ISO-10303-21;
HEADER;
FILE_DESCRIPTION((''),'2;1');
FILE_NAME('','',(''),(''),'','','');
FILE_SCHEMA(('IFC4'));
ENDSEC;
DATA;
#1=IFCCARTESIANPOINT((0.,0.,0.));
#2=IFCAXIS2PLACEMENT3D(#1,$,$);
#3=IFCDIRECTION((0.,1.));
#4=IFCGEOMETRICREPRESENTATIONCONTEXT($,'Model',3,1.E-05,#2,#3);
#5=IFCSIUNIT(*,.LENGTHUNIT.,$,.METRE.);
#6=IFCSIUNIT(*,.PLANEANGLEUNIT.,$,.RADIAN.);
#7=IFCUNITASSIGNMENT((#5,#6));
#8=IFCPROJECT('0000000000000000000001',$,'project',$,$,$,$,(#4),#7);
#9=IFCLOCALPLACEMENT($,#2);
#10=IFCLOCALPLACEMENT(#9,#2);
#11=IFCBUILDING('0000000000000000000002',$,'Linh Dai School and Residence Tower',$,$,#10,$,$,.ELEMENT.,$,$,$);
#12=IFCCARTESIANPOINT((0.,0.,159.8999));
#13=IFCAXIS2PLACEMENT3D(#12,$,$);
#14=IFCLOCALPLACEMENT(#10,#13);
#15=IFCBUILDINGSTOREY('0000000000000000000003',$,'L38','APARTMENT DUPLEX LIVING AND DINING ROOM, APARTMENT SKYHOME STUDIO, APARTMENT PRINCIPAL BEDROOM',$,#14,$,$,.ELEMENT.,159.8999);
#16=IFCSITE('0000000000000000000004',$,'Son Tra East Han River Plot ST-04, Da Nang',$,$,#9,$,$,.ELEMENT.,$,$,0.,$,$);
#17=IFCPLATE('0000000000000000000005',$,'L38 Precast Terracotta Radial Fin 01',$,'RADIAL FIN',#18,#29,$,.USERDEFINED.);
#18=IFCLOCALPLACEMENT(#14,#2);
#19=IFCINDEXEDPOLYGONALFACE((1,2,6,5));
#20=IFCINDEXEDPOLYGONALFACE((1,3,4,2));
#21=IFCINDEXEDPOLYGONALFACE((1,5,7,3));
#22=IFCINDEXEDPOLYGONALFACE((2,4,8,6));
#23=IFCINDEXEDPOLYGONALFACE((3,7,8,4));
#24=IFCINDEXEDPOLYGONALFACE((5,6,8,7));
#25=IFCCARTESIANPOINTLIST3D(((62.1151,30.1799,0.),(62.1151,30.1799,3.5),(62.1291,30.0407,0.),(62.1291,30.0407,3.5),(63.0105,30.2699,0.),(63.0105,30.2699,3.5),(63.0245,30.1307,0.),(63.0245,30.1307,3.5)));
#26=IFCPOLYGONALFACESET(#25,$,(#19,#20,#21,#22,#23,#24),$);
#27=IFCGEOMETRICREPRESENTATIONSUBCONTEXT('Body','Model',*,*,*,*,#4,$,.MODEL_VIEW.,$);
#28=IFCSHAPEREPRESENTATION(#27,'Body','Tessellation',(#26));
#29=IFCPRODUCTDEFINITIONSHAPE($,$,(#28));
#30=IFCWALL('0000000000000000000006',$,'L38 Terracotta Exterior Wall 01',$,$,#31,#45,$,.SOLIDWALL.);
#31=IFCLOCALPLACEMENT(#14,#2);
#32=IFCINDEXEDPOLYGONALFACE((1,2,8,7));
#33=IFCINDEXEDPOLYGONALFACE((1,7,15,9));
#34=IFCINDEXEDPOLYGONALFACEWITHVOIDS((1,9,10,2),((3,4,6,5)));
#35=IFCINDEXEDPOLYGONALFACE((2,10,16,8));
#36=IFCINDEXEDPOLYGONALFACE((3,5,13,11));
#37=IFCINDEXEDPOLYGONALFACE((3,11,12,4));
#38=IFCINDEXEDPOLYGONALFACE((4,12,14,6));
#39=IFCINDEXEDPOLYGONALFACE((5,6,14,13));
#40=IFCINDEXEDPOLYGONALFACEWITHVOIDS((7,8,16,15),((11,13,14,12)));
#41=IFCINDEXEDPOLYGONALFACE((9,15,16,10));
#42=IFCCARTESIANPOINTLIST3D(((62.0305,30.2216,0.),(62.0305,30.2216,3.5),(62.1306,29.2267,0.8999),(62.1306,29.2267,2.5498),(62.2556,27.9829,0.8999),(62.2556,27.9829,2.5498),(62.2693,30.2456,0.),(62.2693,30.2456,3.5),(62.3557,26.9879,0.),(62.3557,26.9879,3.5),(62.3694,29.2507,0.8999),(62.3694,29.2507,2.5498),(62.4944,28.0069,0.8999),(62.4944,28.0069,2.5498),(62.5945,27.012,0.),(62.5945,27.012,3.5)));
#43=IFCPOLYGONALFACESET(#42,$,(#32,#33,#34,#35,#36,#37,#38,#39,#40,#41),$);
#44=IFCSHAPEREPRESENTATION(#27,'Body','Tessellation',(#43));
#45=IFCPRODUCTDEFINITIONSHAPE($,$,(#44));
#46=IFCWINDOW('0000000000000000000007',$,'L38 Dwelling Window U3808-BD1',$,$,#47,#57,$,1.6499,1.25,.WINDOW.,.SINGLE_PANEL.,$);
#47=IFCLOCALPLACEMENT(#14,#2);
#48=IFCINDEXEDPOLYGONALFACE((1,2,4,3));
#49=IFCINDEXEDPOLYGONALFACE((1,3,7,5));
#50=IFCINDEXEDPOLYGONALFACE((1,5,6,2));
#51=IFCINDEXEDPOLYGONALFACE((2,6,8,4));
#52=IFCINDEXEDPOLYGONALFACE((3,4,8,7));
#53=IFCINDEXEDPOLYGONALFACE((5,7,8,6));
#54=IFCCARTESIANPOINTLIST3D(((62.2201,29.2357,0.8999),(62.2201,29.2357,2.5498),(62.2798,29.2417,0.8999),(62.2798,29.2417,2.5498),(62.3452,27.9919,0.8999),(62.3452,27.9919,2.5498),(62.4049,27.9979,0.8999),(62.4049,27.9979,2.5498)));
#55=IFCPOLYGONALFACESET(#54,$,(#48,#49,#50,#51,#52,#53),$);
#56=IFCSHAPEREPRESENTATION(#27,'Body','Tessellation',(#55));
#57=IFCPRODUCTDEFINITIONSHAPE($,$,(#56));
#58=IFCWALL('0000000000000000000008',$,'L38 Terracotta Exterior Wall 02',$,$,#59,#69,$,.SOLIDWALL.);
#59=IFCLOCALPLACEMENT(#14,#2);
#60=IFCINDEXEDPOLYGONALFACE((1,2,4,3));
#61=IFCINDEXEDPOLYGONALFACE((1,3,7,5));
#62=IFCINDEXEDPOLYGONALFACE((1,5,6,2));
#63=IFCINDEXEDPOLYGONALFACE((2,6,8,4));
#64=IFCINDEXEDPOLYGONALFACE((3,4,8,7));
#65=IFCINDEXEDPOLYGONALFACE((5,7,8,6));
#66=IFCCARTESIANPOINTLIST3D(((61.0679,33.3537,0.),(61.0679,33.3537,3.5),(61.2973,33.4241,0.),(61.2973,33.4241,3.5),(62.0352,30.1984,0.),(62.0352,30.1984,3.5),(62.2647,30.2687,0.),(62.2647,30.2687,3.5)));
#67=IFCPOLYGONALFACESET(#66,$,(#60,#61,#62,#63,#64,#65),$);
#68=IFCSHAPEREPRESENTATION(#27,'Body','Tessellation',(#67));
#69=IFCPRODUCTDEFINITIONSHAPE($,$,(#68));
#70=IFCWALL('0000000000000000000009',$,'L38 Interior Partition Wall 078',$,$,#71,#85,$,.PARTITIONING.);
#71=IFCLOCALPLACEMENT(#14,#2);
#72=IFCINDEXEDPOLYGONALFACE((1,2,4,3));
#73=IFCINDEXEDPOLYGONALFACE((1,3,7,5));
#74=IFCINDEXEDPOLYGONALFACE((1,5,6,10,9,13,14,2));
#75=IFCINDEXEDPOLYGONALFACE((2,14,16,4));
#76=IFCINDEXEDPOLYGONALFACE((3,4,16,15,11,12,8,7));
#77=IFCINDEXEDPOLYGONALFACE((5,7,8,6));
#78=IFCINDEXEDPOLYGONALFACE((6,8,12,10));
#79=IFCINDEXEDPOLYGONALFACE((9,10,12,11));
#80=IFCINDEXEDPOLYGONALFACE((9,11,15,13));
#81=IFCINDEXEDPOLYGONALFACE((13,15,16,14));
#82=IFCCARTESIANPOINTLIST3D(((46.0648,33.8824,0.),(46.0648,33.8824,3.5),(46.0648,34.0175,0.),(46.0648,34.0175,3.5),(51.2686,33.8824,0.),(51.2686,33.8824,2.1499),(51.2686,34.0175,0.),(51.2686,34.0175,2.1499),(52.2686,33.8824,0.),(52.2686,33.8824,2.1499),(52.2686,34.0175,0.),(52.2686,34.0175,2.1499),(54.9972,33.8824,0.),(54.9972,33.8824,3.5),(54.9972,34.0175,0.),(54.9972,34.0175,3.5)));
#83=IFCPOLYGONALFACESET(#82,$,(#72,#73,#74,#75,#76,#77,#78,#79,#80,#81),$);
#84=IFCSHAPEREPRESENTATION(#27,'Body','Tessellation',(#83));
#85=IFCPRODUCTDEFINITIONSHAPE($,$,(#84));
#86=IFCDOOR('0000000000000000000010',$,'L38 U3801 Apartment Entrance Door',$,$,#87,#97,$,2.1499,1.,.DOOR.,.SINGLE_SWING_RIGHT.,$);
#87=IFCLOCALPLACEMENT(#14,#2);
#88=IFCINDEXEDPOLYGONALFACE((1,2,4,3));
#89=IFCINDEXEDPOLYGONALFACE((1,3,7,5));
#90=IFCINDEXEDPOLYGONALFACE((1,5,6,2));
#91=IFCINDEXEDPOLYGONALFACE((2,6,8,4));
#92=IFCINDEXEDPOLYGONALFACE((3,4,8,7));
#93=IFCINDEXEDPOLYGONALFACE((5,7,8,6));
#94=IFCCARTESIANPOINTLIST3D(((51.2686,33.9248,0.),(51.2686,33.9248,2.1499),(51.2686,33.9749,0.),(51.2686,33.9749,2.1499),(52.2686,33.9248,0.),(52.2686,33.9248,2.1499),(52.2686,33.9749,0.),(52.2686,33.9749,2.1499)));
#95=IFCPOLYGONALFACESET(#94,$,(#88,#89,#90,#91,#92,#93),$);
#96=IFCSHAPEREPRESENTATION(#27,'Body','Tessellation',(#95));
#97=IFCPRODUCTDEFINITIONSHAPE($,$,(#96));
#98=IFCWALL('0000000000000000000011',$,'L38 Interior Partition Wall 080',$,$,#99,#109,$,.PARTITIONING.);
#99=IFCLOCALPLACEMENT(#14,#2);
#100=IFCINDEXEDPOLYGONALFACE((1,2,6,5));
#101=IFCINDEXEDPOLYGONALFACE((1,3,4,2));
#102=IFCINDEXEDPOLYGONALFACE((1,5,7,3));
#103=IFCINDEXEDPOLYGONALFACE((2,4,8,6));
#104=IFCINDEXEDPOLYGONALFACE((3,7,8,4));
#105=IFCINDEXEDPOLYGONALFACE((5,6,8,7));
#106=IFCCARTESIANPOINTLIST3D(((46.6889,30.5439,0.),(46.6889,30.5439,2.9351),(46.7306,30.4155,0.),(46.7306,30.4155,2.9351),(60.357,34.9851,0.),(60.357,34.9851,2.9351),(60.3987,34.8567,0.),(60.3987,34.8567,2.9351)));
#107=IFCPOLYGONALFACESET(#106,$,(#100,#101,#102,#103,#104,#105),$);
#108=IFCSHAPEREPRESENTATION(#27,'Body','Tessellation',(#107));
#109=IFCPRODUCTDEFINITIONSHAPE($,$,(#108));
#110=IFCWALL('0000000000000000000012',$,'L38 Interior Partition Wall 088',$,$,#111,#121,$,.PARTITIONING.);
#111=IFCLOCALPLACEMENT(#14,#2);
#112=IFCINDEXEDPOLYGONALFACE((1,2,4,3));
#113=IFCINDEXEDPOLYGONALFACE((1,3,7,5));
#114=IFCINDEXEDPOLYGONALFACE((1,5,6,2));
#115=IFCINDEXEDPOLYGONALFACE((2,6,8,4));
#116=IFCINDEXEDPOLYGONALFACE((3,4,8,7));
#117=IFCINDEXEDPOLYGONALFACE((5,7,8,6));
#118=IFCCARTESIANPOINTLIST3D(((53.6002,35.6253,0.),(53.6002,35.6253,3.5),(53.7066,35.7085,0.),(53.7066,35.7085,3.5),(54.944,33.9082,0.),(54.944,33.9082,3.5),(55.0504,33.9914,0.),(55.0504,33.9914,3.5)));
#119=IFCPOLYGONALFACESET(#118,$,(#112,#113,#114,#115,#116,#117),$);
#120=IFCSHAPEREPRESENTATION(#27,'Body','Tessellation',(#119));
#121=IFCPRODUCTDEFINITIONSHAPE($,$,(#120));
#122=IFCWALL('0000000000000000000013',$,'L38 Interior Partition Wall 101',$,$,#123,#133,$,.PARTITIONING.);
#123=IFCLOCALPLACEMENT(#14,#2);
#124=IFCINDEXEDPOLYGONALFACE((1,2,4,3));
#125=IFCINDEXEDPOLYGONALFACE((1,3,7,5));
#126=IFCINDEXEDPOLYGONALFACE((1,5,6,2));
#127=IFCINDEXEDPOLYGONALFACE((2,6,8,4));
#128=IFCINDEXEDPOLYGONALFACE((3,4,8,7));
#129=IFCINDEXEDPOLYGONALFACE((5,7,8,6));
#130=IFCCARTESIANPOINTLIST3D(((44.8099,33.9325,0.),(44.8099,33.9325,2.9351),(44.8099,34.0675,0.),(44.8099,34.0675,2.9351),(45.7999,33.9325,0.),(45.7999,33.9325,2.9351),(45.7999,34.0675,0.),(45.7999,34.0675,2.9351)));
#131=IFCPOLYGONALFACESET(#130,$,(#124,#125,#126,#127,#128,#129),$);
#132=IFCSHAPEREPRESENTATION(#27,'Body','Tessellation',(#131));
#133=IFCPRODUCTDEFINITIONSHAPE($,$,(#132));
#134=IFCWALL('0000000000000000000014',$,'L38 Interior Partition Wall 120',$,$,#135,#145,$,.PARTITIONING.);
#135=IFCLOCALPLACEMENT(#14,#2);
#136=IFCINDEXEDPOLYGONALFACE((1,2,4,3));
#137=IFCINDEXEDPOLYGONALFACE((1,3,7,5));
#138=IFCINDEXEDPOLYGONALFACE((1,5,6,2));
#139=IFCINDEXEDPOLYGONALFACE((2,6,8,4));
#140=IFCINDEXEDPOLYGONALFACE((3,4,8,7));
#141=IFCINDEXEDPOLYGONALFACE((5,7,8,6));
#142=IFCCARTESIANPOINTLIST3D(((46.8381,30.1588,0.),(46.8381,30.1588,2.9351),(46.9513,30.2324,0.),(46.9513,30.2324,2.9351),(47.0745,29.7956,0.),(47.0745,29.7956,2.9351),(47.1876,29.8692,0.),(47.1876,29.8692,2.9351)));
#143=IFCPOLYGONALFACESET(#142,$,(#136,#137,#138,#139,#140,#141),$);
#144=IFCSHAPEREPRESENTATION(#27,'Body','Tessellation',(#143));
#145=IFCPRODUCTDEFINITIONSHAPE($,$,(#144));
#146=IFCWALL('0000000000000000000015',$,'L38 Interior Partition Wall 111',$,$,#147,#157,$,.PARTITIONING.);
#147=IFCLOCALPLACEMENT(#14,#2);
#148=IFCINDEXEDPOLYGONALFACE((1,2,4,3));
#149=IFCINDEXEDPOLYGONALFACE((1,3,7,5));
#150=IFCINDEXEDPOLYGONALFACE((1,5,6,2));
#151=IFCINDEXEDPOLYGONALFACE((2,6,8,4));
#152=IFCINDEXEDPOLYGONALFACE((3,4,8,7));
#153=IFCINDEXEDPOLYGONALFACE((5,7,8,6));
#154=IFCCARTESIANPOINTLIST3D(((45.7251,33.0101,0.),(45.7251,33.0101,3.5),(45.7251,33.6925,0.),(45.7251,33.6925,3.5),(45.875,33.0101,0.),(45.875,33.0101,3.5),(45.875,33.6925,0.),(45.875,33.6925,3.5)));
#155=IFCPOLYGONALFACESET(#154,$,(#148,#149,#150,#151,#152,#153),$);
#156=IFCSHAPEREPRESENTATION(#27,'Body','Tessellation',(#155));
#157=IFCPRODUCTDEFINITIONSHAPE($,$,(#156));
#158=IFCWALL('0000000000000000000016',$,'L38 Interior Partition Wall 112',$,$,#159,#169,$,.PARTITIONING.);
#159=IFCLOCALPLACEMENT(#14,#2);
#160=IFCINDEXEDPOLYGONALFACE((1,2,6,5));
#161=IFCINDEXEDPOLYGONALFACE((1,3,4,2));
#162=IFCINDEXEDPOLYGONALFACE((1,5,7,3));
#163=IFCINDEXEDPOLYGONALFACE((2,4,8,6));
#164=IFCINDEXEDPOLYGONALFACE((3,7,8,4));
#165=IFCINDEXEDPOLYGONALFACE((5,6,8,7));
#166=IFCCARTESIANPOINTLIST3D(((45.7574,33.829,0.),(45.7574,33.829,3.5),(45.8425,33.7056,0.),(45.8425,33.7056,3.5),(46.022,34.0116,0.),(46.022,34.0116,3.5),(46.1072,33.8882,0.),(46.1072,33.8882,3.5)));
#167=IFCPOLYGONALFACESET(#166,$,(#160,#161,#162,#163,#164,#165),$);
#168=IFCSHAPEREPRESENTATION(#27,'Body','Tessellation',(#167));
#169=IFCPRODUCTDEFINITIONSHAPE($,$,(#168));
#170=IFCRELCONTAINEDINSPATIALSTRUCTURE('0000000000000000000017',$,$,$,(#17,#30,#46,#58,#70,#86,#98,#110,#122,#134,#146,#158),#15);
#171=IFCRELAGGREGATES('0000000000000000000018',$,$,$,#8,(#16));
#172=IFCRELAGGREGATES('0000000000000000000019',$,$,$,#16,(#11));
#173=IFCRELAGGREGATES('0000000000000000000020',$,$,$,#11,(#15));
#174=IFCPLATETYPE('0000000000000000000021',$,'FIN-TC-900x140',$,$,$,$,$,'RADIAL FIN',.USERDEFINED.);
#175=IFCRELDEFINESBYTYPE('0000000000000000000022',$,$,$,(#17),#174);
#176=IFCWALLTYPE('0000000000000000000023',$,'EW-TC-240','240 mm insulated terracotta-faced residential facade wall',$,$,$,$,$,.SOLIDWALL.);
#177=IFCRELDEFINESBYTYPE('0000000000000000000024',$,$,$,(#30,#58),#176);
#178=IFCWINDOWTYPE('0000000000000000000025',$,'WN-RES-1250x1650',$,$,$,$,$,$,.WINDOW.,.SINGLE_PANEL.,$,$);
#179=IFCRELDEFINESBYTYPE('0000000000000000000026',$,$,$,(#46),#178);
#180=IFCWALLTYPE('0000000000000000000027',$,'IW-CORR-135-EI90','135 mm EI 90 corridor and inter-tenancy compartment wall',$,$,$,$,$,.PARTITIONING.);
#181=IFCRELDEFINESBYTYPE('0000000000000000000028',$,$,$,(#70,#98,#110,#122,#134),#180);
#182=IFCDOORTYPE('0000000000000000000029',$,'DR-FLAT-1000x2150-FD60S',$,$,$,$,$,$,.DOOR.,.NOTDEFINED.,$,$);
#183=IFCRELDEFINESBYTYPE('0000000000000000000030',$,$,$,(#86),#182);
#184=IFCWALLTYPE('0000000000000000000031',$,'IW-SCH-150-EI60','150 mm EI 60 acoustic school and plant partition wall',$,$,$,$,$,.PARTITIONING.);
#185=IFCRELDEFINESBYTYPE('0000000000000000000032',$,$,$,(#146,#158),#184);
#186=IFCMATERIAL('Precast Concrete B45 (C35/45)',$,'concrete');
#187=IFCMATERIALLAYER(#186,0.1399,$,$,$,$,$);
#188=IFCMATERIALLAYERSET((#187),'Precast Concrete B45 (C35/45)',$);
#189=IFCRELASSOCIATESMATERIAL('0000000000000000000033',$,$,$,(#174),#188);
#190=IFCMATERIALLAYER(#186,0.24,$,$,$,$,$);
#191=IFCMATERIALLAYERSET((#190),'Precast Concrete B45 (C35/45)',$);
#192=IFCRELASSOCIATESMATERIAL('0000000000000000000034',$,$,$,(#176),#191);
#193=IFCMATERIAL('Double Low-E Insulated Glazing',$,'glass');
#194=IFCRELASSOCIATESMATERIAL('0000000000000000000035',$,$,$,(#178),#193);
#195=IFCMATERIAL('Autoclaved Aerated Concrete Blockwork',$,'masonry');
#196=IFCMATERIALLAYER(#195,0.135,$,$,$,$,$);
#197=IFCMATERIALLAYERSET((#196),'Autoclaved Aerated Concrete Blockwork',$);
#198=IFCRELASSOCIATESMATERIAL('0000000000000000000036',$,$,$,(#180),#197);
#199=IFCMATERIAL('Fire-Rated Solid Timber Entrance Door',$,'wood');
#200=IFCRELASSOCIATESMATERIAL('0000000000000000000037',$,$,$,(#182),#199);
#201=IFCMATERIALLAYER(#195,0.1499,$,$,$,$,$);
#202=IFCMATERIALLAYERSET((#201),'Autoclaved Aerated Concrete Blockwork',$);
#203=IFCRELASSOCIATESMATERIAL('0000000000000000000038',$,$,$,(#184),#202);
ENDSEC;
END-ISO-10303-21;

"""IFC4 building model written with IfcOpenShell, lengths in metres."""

from ifc_helpers import new_model, si_unit, direction, frame, frame_2d, origin, origin_2d, place, context, subcontext, project, spatial, rectangle, extrude, source, transform, mapped, material, layer, layer_set, type_object, element, fill, save


model = new_model("IFC4")

# Units and contexts
model_context = context("Model", 3, precision=1e-05, world=origin(), true_north=direction((0.0, 1.0)))
body_context = subcontext(model_context, "Body", "Model", "MODEL_VIEW")
ifc_project = project(units=[si_unit("LENGTHUNIT", "METRE"), si_unit("PLANEANGLEUNIT", "RADIAN")], contexts=[model_context])

# Site, building, storey
site_placement = place(None, origin())
site = spatial("IfcSite", under=ifc_project, at=site_placement, Name="Son Tra East Han River Plot ST-04, Da Nang", CompositionType="ELEMENT", RefElevation=0.0)
building_placement = place(site_placement, origin())
building = spatial("IfcBuilding", under=site, at=building_placement, Name="Linh Dai School and Residence Tower", CompositionType="ELEMENT")
storey_placement = place(building_placement, frame((0.0, 0.0, 159.8999)))
storey = spatial("IfcBuildingStorey", under=building, at=storey_placement, Name="L38", Description="APARTMENT DUPLEX LIVING AND DINING ROOM, APARTMENT SKYHOME STUDIO, APARTMENT PRINCIPAL BEDROOM", CompositionType="ELEMENT", Elevation=159.8999)

# Plate
ifc_material_1 = material(Name="Precast Concrete B45 (C35/45)", Category="concrete")
ifc_layer_1 = layer(ifc_material_1, 0.1399)
ifc_layer_set_1 = layer_set([ifc_layer_1], Name="Precast Concrete B45 (C35/45)")
plate_type = type_object("IfcPlateType", Name="FIN-TC-900x140", ElementType="RADIAL FIN", PredefinedType="USERDEFINED", material=ifc_layer_set_1)
shared_shape_1 = source(origin(), body_context, "Body", "SweptSolid", [
    extrude(rectangle(XDim=0.8999, YDim=0.1399, at=origin_2d()), origin(), (0.0, 0.0, 1.0), 3.5),
])
plate_placement = place(storey_placement, frame((62.5698, 30.1553, 0.0), z_axis=(0.0, 0.0, 1.0), x_axis=(0.994987, 0.100002, 0.0)))
element("IfcPlate", 1, at=plate_placement, inside=storey, type_object=plate_type, Name="L38 Precast Terracotta Radial Fin 01", ObjectType="RADIAL FIN", PredefinedType="USERDEFINED", context=body_context, shape_type="MappedRepresentation", body=[
    mapped(shared_shape_1, transform((0.0, 0.0, 0.0), x_axis=(1.0, 0.0, 0.0), y_axis=(0.0, 1.0, 0.0), z_axis=(0.0, 0.0, 1.0), scale=1.0)),
])

# Wall, opening, window
ifc_layer_2 = layer(ifc_material_1, 0.24)
ifc_layer_set_2 = layer_set([ifc_layer_2], Name="Precast Concrete B45 (C35/45)")
wall_type_1 = type_object("IfcWallType", Name="EW-TC-240", Description="240 mm insulated terracotta-faced residential facade wall", PredefinedType="SOLIDWALL", material=ifc_layer_set_2)
wall_1_placement = place(storey_placement, frame((62.1499, 30.2336, 0.0), z_axis=(0.0, 0.0, 1.0), x_axis=(0.100062, -0.994981, 0.0)))
wall_1 = element("IfcWall", 2, at=wall_1_placement, inside=storey, type_object=wall_type_1, Name="L38 Terracotta Exterior Wall 01", PredefinedType="SOLIDWALL", context=body_context, shape_type="SweptSolid", body=[
    extrude(rectangle(XDim=3.25, YDim=0.24, at=frame_2d((1.625, 0.0))), origin(), (0.0, 0.0, 1.0), 3.5),
])
opening_1_placement = place(wall_1_placement, frame((1.0, 0.0, 0.8999)))
opening_1 = element("IfcOpeningElement", 3, at=opening_1_placement, cuts=wall_1, PredefinedType="OPENING", context=body_context, shape_type="SweptSolid", body=[
    extrude(rectangle(XDim=1.25, YDim=1.6499, at=origin_2d()), frame((0.625, 0.1299, 0.825), z_axis=(0.0, -1.0, 0.0), x_axis=(1.0, 0.0, 0.0)), (0.0, 0.0, 1.0), 0.26),
])
ifc_material_2 = material(Name="Double Low-E Insulated Glazing", Category="glass")
window_type = type_object("IfcWindowType", Name="WN-RES-1250x1650", PartitioningType="SINGLE_PANEL", PredefinedType="WINDOW", material=ifc_material_2)
shared_shape_2 = source(origin(), body_context, "Body", "SweptSolid", [
    extrude(rectangle(XDim=1.25, YDim=1.6499, at=origin_2d()), frame((0.625, 0.03, 0.825), z_axis=(0.0, -1.0, 0.0), x_axis=(1.0, 0.0, 0.0)), (0.0, 0.0, 1.0), 0.0601),
])
window_placement = place(opening_1_placement, origin())
window = element("IfcWindow", 4, at=window_placement, inside=storey, type_object=window_type, Name="L38 Dwelling Window U3808-BD1", OverallHeight=1.6499, OverallWidth=1.25, PartitioningType="SINGLE_PANEL", PredefinedType="WINDOW", context=body_context, shape_type="MappedRepresentation", body=[
    mapped(shared_shape_2, transform((0.0, 0.0, 0.0), x_axis=(1.0, 0.0, 0.0), y_axis=(0.0, 1.0, 0.0), z_axis=(0.0, 0.0, 1.0), scale=1.0)),
])
fill(opening_1, window)

# Wall
wall_2_placement = place(storey_placement, frame((61.1826, 33.3889, 0.0), z_axis=(0.0, 0.0, 1.0), x_axis=(0.293098, -0.956082, 0.0)))
element("IfcWall", 5, at=wall_2_placement, inside=storey, type_object=wall_type_1, Name="L38 Terracotta Exterior Wall 02", PredefinedType="SOLIDWALL", context=body_context, shape_type="SweptSolid", body=[
    extrude(rectangle(XDim=3.3003, YDim=0.24, at=frame_2d((1.6501, 0.0))), origin(), (0.0, 0.0, 1.0), 3.5),
])

# Wall, opening, door
ifc_material_3 = material(Name="Autoclaved Aerated Concrete Blockwork", Category="masonry")
ifc_layer_3 = layer(ifc_material_3, 0.135)
ifc_layer_set_3 = layer_set([ifc_layer_3], Name="Autoclaved Aerated Concrete Blockwork")
wall_type_2 = type_object("IfcWallType", Name="IW-CORR-135-EI90", Description="135 mm EI 90 corridor and inter-tenancy compartment wall", PredefinedType="PARTITIONING", material=ifc_layer_set_3)
wall_3_placement = place(storey_placement, frame((46.0647, 33.95, 0.0), z_axis=(0.0, 0.0, 1.0), x_axis=(1.0, 0.0, 0.0)))
wall_3 = element("IfcWall", 6, at=wall_3_placement, inside=storey, type_object=wall_type_2, Name="L38 Interior Partition Wall 078", PredefinedType="PARTITIONING", context=body_context, shape_type="SweptSolid", body=[
    extrude(rectangle(XDim=8.9324, YDim=0.135, at=frame_2d((4.4663, 0.0))), origin(), (0.0, 0.0, 1.0), 3.5),
])
opening_2_placement = place(wall_3_placement, frame((5.2039, 0.0, 0.0)))
opening_2 = element("IfcOpeningElement", 7, at=opening_2_placement, cuts=wall_3, PredefinedType="OPENING", context=body_context, shape_type="SweptSolid", body=[
    extrude(rectangle(XDim=1.0, YDim=2.1499, at=origin_2d()), frame((0.5, 0.0776, 1.075), z_axis=(0.0, -1.0, 0.0), x_axis=(1.0, 0.0, 0.0)), (0.0, 0.0, 1.0), 0.155),
])
ifc_material_4 = material(Name="Fire-Rated Solid Timber Entrance Door", Category="wood")
door_type_1 = type_object("IfcDoorType", Name="DR-FLAT-1000x2150-FD60S", OperationType="NOTDEFINED", PredefinedType="DOOR", material=ifc_material_4)
shared_shape_3 = source(origin(), body_context, "Body", "SweptSolid", [
    extrude(rectangle(XDim=1.0, YDim=2.1499, at=origin_2d()), frame((0.5, 0.0249, 1.075), z_axis=(0.0, -1.0, 0.0), x_axis=(1.0, 0.0, 0.0)), (0.0, 0.0, 1.0), 0.05),
])
door_1_placement = place(opening_2_placement, origin())
door_1 = element("IfcDoor", 8, at=door_1_placement, inside=storey, type_object=door_type_1, Name="L38 U3801 Apartment Entrance Door", OperationType="SINGLE_SWING_RIGHT", OverallHeight=2.1499, OverallWidth=1.0, PredefinedType="DOOR", context=body_context, shape_type="MappedRepresentation", body=[
    mapped(shared_shape_3, transform((0.0, 0.0, 0.0), x_axis=(1.0, 0.0, 0.0), y_axis=(0.0, 1.0, 0.0), z_axis=(0.0, 0.0, 1.0), scale=1.0)),
])
fill(opening_2, door_1)

# Walls
wall_4_placement = place(storey_placement, frame((46.7097, 30.4797, 0.0), z_axis=(0.0, 0.0, 1.0), x_axis=(0.951055, 0.309023, 0.0)))
element("IfcWall", 9, at=wall_4_placement, inside=storey, type_object=wall_type_2, Name="L38 Interior Partition Wall 080", PredefinedType="PARTITIONING", context=body_context, shape_type="SweptSolid", body=[
    extrude(rectangle(XDim=14.3716, YDim=0.135, at=frame_2d((7.1858, 0.0))), origin(), (0.0, 0.0, 1.0), 2.9351),
])
wall_5_placement = place(storey_placement, frame((53.6533, 35.667, 0.0), z_axis=(0.0, 0.0, 1.0), x_axis=(0.616302, -0.78751, 0.0)))
element("IfcWall", 10, at=wall_5_placement, inside=storey, type_object=wall_type_2, Name="L38 Interior Partition Wall 088", PredefinedType="PARTITIONING", context=body_context, shape_type="SweptSolid", body=[
    extrude(rectangle(XDim=2.1804, YDim=0.135, at=frame_2d((1.0903, 0.0))), origin(), (0.0, 0.0, 1.0), 3.5),
])
wall_6_placement = place(storey_placement, frame((45.8, 34.0, 0.0), z_axis=(0.0, 0.0, 1.0), x_axis=(-1.0, 0.0, 0.0)))
element("IfcWall", 11, at=wall_6_placement, inside=storey, type_object=wall_type_2, Name="L38 Interior Partition Wall 101", PredefinedType="PARTITIONING", context=body_context, shape_type="SweptSolid", body=[
    extrude(rectangle(XDim=0.99, YDim=0.135, at=frame_2d((0.4951, 0.0))), origin(), (0.0, 0.0, 1.0), 2.9351),
])
wall_7_placement = place(storey_placement, frame((47.1311, 29.8323, 0.0), z_axis=(0.0, 0.0, 1.0), x_axis=(-0.545305, 0.838238, 0.0)))
element("IfcWall", 12, at=wall_7_placement, inside=storey, type_object=wall_type_2, Name="L38 Interior Partition Wall 120", PredefinedType="PARTITIONING", context=body_context, shape_type="SweptSolid", body=[
    extrude(rectangle(XDim=0.4333, YDim=0.135, at=frame_2d((0.2168, 0.0))), origin(), (0.0, 0.0, 1.0), 2.9351),
])
ifc_layer_4 = layer(ifc_material_3, 0.1499)
ifc_layer_set_4 = layer_set([ifc_layer_4], Name="Autoclaved Aerated Concrete Blockwork")
wall_type_3 = type_object("IfcWallType", Name="IW-SCH-150-EI60", Description="150 mm EI 60 acoustic school and plant partition wall", PredefinedType="PARTITIONING", material=ifc_layer_set_4)
wall_8_placement = place(storey_placement, frame((45.8, 33.01, 0.0), z_axis=(0.0, 0.0, 1.0), x_axis=(0.0, 1.0, 0.0)))
element("IfcWall", 13, at=wall_8_placement, inside=storey, type_object=wall_type_3, Name="L38 Interior Partition Wall 111", PredefinedType="PARTITIONING", context=body_context, shape_type="SweptSolid", body=[
    extrude(rectangle(XDim=0.6824, YDim=0.1499, at=frame_2d((0.3413, 0.0))), origin(), (0.0, 0.0, 1.0), 3.5),
])
wall_9_placement = place(storey_placement, frame((45.8, 33.7673, 0.0), z_axis=(0.0, 0.0, 1.0), x_axis=(0.823066, 0.567946, 0.0)))
element("IfcWall", 14, at=wall_9_placement, inside=storey, type_object=wall_type_3, Name="L38 Interior Partition Wall 112", PredefinedType="PARTITIONING", context=body_context, shape_type="SweptSolid", body=[
    extrude(rectangle(XDim=0.3215, YDim=0.1499, at=frame_2d((0.1606, 0.0))), origin(), (0.0, 0.0, 1.0), 3.5),
])

save(model, "model.ifc")
